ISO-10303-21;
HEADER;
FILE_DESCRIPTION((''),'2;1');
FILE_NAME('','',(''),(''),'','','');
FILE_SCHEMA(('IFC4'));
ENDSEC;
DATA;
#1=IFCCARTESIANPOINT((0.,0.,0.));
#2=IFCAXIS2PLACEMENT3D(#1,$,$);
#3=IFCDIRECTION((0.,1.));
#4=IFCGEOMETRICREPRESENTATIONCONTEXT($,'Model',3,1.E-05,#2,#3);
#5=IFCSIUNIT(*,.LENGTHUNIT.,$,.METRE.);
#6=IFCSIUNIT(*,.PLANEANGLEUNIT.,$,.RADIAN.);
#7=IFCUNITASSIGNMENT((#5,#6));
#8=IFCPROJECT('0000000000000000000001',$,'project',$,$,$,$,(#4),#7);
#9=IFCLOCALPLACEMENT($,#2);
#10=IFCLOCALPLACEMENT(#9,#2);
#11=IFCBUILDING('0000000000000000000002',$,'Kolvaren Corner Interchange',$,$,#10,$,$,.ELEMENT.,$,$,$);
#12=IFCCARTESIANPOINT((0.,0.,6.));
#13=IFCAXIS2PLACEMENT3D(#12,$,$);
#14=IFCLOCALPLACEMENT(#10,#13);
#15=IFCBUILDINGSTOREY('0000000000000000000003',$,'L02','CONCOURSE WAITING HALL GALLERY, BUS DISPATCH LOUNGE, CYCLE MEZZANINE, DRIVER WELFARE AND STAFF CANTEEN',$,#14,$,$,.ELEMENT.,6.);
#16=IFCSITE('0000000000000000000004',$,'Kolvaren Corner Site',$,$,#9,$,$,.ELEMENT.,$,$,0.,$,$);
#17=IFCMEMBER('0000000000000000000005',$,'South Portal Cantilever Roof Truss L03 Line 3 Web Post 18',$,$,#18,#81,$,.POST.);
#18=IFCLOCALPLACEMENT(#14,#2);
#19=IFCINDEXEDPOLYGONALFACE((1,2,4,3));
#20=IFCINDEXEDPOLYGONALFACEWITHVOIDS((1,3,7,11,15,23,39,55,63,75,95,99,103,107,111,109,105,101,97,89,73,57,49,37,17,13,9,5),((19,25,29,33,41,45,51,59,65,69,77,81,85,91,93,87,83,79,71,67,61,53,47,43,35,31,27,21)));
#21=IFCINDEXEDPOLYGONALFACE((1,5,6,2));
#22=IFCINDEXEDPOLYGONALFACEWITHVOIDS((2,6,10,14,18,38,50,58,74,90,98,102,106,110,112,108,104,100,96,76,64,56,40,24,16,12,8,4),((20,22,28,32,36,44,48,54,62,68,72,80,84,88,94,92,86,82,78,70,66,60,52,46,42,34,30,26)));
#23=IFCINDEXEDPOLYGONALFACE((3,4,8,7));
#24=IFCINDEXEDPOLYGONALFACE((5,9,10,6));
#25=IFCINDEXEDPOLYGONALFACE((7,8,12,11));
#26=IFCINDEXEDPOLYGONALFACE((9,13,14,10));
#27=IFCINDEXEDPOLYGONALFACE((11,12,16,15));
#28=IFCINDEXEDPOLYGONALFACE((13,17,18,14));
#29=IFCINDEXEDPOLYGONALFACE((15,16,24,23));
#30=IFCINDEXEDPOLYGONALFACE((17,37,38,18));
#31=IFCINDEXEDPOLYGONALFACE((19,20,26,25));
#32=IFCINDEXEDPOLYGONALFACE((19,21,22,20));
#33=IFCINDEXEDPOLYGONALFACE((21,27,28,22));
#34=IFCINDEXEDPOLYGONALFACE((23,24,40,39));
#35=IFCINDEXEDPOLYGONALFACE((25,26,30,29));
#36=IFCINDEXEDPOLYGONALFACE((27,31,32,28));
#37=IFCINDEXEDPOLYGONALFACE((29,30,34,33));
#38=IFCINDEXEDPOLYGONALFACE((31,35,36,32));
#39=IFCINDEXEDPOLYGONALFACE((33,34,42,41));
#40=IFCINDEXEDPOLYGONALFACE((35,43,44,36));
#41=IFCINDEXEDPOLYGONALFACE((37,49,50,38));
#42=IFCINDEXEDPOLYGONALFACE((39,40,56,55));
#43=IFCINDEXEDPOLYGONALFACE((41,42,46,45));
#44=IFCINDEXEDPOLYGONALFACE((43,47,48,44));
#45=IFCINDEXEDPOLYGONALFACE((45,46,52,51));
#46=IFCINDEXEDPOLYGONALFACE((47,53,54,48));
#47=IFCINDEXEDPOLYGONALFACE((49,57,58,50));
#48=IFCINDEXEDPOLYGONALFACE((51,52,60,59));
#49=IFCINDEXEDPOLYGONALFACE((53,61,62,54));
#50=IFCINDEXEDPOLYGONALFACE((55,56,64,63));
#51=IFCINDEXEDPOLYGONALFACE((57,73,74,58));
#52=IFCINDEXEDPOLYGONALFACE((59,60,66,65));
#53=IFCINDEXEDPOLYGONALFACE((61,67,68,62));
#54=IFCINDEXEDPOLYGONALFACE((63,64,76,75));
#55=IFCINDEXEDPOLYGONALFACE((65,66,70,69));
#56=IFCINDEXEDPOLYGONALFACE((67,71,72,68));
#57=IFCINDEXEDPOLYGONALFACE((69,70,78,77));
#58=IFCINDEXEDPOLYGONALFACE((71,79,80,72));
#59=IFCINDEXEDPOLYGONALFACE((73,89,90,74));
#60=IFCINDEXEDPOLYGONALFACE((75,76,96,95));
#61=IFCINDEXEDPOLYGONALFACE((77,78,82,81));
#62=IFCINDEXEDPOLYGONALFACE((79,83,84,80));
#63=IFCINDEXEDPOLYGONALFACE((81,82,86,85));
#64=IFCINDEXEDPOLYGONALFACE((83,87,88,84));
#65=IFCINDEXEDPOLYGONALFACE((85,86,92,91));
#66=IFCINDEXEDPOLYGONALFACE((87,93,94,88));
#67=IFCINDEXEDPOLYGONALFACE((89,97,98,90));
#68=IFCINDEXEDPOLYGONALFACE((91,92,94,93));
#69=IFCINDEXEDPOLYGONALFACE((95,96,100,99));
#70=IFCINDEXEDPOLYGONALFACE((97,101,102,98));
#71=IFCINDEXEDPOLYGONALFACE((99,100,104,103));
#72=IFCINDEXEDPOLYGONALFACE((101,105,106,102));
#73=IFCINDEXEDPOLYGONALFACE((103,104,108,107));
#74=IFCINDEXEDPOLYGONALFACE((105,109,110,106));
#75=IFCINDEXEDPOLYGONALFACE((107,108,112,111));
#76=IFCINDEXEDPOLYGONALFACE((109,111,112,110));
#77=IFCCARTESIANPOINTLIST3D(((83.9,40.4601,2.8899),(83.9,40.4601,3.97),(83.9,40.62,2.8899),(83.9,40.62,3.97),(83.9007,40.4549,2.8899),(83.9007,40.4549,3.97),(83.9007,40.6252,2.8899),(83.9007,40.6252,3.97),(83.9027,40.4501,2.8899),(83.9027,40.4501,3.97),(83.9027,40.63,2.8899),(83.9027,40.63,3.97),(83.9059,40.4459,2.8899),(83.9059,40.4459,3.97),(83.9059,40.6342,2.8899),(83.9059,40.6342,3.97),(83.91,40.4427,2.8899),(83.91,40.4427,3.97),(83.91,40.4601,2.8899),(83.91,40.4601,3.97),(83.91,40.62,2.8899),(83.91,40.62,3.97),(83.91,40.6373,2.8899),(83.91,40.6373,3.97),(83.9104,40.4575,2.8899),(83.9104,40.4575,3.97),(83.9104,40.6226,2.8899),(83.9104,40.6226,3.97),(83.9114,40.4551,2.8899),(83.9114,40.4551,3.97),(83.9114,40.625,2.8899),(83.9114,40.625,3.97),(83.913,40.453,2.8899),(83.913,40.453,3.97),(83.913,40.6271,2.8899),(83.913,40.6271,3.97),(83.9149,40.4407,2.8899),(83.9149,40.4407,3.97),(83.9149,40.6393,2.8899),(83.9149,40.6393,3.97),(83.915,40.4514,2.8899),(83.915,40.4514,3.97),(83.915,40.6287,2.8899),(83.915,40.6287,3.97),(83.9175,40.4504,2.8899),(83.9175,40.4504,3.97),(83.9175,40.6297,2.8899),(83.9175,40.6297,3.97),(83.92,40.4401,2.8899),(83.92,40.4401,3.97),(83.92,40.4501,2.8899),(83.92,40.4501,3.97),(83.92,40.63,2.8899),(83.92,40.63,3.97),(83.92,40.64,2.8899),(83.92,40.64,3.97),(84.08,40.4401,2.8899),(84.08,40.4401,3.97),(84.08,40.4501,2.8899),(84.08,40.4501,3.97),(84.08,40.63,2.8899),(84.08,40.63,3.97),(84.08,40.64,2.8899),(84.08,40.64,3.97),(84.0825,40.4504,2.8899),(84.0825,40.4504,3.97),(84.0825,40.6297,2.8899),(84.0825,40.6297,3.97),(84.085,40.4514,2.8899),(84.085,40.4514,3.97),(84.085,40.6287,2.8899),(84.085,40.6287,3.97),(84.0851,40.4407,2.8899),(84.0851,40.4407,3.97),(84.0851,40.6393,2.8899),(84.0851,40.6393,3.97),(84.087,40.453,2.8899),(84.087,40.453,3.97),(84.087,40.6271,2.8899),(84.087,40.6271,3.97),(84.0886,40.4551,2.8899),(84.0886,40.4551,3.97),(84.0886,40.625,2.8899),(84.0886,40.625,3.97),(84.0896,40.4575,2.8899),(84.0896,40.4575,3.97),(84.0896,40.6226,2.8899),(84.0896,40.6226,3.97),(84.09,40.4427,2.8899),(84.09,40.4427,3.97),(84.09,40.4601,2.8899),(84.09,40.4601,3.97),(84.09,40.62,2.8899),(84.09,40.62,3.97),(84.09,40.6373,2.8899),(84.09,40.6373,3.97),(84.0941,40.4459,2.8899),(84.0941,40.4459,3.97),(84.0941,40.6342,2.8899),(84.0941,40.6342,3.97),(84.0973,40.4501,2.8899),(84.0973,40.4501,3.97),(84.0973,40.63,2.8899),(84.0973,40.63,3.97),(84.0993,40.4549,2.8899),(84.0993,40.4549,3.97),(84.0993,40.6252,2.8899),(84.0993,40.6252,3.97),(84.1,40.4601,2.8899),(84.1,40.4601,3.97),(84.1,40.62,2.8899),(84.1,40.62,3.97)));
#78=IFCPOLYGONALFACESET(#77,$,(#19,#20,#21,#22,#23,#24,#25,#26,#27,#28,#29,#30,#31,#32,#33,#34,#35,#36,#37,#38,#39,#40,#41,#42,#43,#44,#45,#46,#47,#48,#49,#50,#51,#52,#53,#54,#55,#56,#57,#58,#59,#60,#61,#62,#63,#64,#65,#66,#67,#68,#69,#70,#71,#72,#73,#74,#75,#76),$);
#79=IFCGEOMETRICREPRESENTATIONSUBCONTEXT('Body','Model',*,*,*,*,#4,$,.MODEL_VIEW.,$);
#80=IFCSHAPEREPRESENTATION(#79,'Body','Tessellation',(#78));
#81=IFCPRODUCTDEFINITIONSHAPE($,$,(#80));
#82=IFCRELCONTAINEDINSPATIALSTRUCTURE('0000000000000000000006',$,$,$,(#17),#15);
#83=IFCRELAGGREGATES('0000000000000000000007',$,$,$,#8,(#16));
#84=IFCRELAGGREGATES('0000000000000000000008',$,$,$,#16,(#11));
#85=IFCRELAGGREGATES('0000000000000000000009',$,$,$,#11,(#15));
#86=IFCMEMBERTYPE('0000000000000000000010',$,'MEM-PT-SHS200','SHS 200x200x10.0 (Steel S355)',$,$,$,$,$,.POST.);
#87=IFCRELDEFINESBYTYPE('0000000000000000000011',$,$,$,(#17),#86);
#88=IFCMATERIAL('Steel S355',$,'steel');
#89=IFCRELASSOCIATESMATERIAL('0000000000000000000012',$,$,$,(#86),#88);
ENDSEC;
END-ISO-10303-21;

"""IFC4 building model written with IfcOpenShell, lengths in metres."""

from ifc_helpers import new_model, si_unit, direction, frame, origin, origin_2d, place, context, subcontext, project, spatial, hollow_rectangle, extrude, material, material_profile, profile_set, type_object, element, save


model = new_model("IFC4")

# Units and contexts
model_context = context("Model", 3, precision=1e-05, world=origin(), true_north=direction((0.0, 1.0)))
body_context = subcontext(model_context, "Body", "Model", "MODEL_VIEW")
ifc_project = project(units=[si_unit("LENGTHUNIT", "METRE"), si_unit("PLANEANGLEUNIT", "RADIAN")], contexts=[model_context])

# Site, building, storey
site_placement = place(None, origin())
site = spatial("IfcSite", under=ifc_project, at=site_placement, Name="Kolvaren Corner Site", CompositionType="ELEMENT", RefElevation=0.0)
building_placement = place(site_placement, origin())
building = spatial("IfcBuilding", under=site, at=building_placement, Name="Kolvaren Corner Interchange", CompositionType="ELEMENT")
storey_placement = place(building_placement, frame((0.0, 0.0, 6.0)))
storey = spatial("IfcBuildingStorey", under=building, at=storey_placement, Name="L02", Description="CONCOURSE WAITING HALL GALLERY, BUS DISPATCH LOUNGE, CYCLE MEZZANINE, DRIVER WELFARE AND STAFF CANTEEN", CompositionType="ELEMENT", Elevation=6.0)

# Member
ifc_material_1 = material(Name="Steel S355", Category="steel")
ifc_material_profile_1 = material_profile(ifc_material_1, hollow_rectangle(XDim=0.2, YDim=0.2, WallThickness=0.01, InnerFilletRadius=0.01, OuterFilletRadius=0.02, at=origin_2d()), Name="SHS 200x200x10.0")
ifc_profile_set_1 = profile_set([ifc_material_profile_1], Name="Steel S355")
member_type_1 = type_object("IfcMemberType", Name="MEM-PT-SHS200", Description="SHS 200x200x10.0 (Steel S355)", PredefinedType="POST", material=ifc_profile_set_1)
for number, where, z_axis, x_axis, name in (
    (1, (84.0, 40.54, 2.8899), (0.0, 0.0, 1.0), (1.0, 0.0, 0.0), "South Portal Cantilever Roof Truss L03 Line 3 Web Post 18"),
):
    element("IfcMember", number, at=place(storey_placement, frame(where, z_axis=z_axis, x_axis=x_axis)), inside=storey, type_object=member_type_1, Name=name, PredefinedType="POST", context=body_context, shape_type="SweptSolid", body=[
        extrude(hollow_rectangle(XDim=0.2, YDim=0.2, WallThickness=0.01, InnerFilletRadius=0.01, OuterFilletRadius=0.02, at=origin_2d()), origin(), (0.0, 0.0, 1.0), 1.0801),
    ])

save(model, "model.ifc")
